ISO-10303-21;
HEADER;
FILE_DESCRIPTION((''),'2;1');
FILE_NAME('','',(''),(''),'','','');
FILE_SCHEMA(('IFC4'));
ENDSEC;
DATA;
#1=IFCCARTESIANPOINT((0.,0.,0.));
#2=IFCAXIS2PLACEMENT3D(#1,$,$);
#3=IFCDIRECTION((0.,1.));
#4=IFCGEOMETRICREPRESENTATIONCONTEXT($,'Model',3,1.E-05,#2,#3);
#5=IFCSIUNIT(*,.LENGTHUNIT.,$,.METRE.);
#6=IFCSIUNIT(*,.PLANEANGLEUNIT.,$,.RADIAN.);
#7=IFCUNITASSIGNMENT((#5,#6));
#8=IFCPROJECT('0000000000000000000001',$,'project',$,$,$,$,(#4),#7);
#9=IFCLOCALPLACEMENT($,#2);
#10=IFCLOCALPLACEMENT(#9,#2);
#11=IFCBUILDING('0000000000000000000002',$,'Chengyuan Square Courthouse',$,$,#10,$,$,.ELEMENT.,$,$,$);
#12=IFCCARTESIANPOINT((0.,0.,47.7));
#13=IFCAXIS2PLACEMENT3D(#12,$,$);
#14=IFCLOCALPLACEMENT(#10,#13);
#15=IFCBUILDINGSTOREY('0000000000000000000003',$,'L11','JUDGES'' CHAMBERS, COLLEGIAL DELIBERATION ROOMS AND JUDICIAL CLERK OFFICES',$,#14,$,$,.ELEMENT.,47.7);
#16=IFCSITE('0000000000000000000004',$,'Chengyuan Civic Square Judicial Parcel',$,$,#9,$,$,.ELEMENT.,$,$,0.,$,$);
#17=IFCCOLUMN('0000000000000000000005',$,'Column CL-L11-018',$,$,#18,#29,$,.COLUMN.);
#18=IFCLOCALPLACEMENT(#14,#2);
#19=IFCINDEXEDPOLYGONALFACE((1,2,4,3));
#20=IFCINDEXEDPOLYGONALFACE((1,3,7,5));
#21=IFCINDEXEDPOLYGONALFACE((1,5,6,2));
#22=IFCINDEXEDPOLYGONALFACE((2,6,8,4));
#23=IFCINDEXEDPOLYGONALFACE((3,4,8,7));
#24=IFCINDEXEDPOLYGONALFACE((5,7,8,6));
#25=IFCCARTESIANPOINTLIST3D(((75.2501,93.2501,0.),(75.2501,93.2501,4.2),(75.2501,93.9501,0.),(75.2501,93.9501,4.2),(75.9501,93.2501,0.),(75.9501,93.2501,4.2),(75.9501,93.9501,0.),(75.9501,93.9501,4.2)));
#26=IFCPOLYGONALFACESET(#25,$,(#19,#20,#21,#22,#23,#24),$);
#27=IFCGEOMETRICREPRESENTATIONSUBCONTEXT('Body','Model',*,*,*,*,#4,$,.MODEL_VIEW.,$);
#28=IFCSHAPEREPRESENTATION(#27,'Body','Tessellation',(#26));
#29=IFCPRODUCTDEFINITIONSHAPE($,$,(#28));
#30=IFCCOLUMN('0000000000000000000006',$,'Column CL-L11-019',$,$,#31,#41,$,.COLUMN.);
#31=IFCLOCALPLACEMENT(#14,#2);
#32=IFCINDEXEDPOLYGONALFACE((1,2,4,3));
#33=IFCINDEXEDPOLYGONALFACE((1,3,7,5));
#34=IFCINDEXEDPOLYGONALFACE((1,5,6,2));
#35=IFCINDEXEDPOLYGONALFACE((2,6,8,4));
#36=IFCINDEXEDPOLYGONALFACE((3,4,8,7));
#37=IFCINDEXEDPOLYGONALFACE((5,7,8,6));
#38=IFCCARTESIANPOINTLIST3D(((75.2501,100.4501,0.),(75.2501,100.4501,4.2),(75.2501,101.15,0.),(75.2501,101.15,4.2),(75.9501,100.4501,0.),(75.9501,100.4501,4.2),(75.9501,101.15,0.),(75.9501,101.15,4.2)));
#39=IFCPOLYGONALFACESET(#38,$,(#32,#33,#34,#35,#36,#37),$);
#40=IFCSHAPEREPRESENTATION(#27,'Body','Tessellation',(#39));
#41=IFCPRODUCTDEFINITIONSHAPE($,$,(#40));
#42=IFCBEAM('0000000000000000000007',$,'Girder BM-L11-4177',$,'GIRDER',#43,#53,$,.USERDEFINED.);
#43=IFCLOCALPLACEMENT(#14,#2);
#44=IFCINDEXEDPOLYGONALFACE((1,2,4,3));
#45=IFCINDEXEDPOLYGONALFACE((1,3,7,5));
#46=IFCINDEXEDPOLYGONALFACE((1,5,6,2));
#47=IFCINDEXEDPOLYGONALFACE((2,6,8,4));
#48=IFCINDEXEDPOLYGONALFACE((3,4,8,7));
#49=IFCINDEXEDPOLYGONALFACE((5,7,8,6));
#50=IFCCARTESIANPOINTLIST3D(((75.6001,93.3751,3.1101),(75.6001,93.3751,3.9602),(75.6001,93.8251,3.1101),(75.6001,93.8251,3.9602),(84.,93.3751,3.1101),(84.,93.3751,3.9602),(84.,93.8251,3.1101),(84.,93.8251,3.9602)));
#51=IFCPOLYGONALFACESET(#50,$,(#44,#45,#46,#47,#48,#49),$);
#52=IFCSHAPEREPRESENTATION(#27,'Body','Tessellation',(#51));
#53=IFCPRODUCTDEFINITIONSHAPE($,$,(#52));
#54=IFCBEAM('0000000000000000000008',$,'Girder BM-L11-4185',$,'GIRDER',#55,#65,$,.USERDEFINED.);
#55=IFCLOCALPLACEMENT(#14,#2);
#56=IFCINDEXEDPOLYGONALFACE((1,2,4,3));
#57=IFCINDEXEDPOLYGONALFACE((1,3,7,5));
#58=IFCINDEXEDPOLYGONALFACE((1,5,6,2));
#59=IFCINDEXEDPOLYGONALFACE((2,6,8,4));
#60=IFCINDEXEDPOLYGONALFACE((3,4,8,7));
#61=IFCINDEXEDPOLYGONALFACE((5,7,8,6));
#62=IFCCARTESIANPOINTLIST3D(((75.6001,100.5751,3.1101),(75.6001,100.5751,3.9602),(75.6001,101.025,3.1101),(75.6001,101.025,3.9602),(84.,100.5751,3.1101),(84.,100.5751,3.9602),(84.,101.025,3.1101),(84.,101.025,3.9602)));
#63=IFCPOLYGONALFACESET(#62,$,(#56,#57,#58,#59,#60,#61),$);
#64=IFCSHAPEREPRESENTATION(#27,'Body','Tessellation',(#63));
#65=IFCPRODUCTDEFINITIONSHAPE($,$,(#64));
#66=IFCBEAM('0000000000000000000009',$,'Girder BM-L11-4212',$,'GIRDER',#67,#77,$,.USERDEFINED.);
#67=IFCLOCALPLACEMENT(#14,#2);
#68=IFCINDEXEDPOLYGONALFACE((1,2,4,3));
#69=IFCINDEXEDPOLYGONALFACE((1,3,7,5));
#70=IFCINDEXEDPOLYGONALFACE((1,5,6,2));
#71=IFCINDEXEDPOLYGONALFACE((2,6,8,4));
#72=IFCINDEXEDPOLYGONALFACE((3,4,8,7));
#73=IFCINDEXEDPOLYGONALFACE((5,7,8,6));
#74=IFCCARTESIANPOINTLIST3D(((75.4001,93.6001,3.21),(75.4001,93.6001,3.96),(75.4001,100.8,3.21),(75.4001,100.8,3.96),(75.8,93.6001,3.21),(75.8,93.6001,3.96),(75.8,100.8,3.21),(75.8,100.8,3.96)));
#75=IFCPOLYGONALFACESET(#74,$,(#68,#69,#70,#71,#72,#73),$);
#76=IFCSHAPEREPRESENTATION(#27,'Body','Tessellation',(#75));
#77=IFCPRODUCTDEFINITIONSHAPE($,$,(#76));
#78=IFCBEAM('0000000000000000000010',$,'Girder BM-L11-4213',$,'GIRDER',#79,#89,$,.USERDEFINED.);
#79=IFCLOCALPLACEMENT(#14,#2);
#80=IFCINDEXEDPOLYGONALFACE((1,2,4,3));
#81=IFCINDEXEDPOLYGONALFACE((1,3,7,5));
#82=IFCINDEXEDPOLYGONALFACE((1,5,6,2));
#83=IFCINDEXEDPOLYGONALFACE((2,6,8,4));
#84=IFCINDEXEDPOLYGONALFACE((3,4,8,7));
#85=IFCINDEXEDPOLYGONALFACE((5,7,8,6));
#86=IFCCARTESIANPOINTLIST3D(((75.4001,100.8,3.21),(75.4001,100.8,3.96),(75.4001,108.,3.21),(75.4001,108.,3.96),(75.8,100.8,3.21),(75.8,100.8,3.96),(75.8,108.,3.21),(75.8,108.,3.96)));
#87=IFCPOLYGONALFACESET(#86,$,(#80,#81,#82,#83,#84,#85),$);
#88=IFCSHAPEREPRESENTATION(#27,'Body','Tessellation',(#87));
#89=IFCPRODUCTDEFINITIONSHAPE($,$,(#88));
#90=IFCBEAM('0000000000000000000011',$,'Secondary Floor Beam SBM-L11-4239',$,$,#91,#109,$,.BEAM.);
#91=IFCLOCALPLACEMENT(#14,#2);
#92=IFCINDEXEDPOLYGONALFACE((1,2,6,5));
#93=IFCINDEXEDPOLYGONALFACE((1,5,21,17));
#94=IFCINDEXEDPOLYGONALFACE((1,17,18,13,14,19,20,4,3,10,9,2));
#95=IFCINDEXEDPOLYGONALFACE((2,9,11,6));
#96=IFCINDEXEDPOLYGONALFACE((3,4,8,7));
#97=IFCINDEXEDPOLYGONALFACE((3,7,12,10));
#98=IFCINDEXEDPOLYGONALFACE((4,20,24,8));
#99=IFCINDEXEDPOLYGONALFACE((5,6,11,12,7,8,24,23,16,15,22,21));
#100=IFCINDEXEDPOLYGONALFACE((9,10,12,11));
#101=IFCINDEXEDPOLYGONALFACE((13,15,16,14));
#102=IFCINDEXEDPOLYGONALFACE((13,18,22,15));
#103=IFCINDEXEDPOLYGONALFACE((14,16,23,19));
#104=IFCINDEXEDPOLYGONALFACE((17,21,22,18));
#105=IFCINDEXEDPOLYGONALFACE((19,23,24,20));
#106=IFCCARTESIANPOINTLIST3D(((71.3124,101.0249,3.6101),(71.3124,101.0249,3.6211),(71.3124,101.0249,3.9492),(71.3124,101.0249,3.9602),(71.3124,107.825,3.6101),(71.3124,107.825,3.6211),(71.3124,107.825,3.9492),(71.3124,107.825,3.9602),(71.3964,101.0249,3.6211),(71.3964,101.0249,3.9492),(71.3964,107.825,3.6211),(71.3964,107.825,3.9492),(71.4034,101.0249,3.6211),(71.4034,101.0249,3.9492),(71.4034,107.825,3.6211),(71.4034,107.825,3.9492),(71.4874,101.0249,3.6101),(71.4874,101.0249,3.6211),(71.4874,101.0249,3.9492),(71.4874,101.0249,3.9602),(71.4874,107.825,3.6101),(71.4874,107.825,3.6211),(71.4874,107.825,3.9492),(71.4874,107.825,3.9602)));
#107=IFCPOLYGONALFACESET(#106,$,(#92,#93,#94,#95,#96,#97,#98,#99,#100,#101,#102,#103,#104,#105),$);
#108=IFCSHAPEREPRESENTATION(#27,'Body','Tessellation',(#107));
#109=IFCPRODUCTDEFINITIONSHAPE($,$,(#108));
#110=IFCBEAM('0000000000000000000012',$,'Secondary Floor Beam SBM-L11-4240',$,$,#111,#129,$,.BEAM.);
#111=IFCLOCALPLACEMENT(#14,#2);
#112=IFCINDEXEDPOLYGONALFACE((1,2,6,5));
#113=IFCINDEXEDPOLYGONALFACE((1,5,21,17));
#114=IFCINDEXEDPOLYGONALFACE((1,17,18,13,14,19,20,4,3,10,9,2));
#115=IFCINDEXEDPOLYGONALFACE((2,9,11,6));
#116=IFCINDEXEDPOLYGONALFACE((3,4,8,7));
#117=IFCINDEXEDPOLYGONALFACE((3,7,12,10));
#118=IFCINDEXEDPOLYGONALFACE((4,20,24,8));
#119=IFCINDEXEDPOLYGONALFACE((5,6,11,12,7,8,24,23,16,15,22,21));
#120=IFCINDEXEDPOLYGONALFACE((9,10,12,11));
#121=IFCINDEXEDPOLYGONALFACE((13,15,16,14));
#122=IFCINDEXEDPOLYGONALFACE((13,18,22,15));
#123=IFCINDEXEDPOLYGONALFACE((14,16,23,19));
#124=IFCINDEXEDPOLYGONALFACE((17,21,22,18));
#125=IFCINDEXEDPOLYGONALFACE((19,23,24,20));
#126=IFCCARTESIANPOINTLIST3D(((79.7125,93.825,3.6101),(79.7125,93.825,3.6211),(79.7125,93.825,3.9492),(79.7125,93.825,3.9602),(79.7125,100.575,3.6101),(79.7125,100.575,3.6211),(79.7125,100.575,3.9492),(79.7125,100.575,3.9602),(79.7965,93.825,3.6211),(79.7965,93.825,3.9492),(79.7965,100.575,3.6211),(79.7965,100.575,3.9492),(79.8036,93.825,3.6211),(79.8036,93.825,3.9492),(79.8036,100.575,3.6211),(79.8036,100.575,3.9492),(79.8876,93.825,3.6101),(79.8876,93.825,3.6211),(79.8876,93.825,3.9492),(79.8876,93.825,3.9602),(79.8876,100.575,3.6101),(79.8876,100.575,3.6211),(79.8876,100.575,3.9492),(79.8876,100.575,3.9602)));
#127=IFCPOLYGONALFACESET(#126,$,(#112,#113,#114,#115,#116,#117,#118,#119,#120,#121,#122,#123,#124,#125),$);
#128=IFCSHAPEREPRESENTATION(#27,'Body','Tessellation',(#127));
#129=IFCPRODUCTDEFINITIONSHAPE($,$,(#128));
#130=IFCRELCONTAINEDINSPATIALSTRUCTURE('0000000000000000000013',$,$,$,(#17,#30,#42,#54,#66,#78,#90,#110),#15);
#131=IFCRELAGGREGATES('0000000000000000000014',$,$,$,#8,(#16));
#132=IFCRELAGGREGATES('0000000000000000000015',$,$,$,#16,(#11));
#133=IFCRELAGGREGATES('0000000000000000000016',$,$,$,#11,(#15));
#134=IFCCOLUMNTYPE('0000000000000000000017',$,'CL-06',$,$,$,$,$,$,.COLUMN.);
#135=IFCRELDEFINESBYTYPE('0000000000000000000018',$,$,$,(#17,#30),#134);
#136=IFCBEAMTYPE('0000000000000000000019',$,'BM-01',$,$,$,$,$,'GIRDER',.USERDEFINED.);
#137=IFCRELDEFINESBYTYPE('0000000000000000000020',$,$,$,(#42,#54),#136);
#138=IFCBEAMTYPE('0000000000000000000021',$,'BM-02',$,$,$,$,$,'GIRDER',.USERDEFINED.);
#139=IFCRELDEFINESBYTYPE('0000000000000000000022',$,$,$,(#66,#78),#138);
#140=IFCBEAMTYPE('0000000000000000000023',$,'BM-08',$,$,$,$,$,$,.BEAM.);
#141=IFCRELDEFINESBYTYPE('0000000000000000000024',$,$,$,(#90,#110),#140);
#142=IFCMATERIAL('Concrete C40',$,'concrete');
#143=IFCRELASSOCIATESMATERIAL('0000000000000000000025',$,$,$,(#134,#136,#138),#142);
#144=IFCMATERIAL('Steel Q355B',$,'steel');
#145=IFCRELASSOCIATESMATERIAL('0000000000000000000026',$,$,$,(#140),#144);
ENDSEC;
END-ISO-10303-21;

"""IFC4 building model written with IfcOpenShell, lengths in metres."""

from ifc_helpers import new_model, si_unit, direction, frame, origin, origin_2d, place, context, subcontext, project, spatial, rectangle, i_section, extrude, material, material_profile, profile_set, type_object, element, save


model = new_model("IFC4")

# Units and contexts
model_context = context("Model", 3, precision=1e-05, world=origin(), true_north=direction((0.0, 1.0)))
body_context = subcontext(model_context, "Body", "Model", "MODEL_VIEW")
ifc_project = project(units=[si_unit("LENGTHUNIT", "METRE"), si_unit("PLANEANGLEUNIT", "RADIAN")], contexts=[model_context])

# Site, building, storey
site_placement = place(None, origin())
site = spatial("IfcSite", under=ifc_project, at=site_placement, Name="Chengyuan Civic Square Judicial Parcel", CompositionType="ELEMENT", RefElevation=0.0)
building_placement = place(site_placement, origin())
building = spatial("IfcBuilding", under=site, at=building_placement, Name="Chengyuan Square Courthouse", CompositionType="ELEMENT")
storey_placement = place(building_placement, frame((0.0, 0.0, 47.7)))
storey = spatial("IfcBuildingStorey", under=building, at=storey_placement, Name="L11", Description="JUDGES' CHAMBERS, COLLEGIAL DELIBERATION ROOMS AND JUDICIAL CLERK OFFICES", CompositionType="ELEMENT", Elevation=47.7)

# Columns
ifc_material_1 = material(Name="Concrete C40", Category="concrete")
ifc_material_profile_1 = material_profile(ifc_material_1, rectangle(XDim=0.7, YDim=0.7, at=origin_2d()), Name="RC-COL-700x700")
ifc_profile_set_1 = profile_set([ifc_material_profile_1], Name="Concrete C40")
column_type = type_object("IfcColumnType", Name="CL-06", PredefinedType="COLUMN", material=ifc_profile_set_1)
for number, where, z_axis, x_axis, name in (
    (1, (75.6001, 93.6001, 0.0), (0.0, 0.0, 1.0), (1.0, 0.0, 0.0), "Column CL-L11-018"),
    (2, (75.6001, 100.8, 0.0), (0.0, 0.0, 1.0), (1.0, 0.0, 0.0), "Column CL-L11-019"),
):
    element("IfcColumn", number, at=place(storey_placement, frame(where, z_axis=z_axis, x_axis=x_axis)), inside=storey, type_object=column_type, Name=name, PredefinedType="COLUMN", context=body_context, shape_type="SweptSolid", body=[
        extrude(rectangle(XDim=0.7, YDim=0.7, at=origin_2d()), origin(), (0.0, 0.0, 1.0), 4.2),
    ])

# Beams
ifc_material_profile_2 = material_profile(ifc_material_1, rectangle(XDim=0.45, YDim=0.8501, at=origin_2d()), Name="RC-BM-450x850")
ifc_profile_set_2 = profile_set([ifc_material_profile_2], Name="Concrete C40")
beam_type_1 = type_object("IfcBeamType", Name="BM-01", ElementType="GIRDER", PredefinedType="USERDEFINED", material=ifc_profile_set_2)
for number, where, z_axis, x_axis, name in (
    (3, (75.6001, 93.6001, 3.5352), (1.0, 0.0, 0.0), (0.0, 1.0, 0.0), "Girder BM-L11-4177"),
    (4, (75.6001, 100.8, 3.5352), (1.0, 0.0, 0.0), (0.0, 1.0, 0.0), "Girder BM-L11-4185"),
):
    element("IfcBeam", number, at=place(storey_placement, frame(where, z_axis=z_axis, x_axis=x_axis)), inside=storey, type_object=beam_type_1, Name=name, ObjectType="GIRDER", PredefinedType="USERDEFINED", context=body_context, shape_type="SweptSolid", body=[
        extrude(rectangle(XDim=0.45, YDim=0.8501, at=origin_2d()), origin(), (0.0, 0.0, 1.0), 8.3999),
    ])
ifc_material_profile_3 = material_profile(ifc_material_1, rectangle(XDim=0.3999, YDim=0.75, at=origin_2d()), Name="RC-BM-400x750")
ifc_profile_set_3 = profile_set([ifc_material_profile_3], Name="Concrete C40")
beam_type_2 = type_object("IfcBeamType", Name="BM-02", ElementType="GIRDER", PredefinedType="USERDEFINED", material=ifc_profile_set_3)
for number, where, z_axis, x_axis, name in (
    (5, (75.6001, 93.6001, 3.585), (0.0, 1.0, 0.0), (-1.0, 0.0, 0.0), "Girder BM-L11-4212"),
    (6, (75.6001, 100.8, 3.585), (0.0, 1.0, 0.0), (-1.0, 0.0, 0.0), "Girder BM-L11-4213"),
):
    element("IfcBeam", number, at=place(storey_placement, frame(where, z_axis=z_axis, x_axis=x_axis)), inside=storey, type_object=beam_type_2, Name=name, ObjectType="GIRDER", PredefinedType="USERDEFINED", context=body_context, shape_type="SweptSolid", body=[
        extrude(rectangle(XDim=0.3999, YDim=0.75, at=origin_2d()), origin(), (0.0, 0.0, 1.0), 7.2),
    ])
ifc_material_2 = material(Name="Steel Q355B", Category="steel")
ifc_material_profile_4 = material_profile(ifc_material_2, i_section(OverallWidth=0.175, OverallDepth=0.3501, WebThickness=0.0071, FlangeThickness=0.011, at=origin_2d()), Name="HN 350x175x7x11")
ifc_profile_set_4 = profile_set([ifc_material_profile_4], Name="Steel Q355B")
beam_type_3 = type_object("IfcBeamType", Name="BM-08", PredefinedType="BEAM", material=ifc_profile_set_4)
beam_1_placement = place(storey_placement, frame((71.3999, 101.0249, 3.7852), z_axis=(0.0, 1.0, 0.0), x_axis=(-1.0, 0.0, 0.0)))
element("IfcBeam", 7, at=beam_1_placement, inside=storey, type_object=beam_type_3, Name="Secondary Floor Beam SBM-L11-4239", PredefinedType="BEAM", context=body_context, shape_type="SweptSolid", body=[
    extrude(i_section(OverallWidth=0.175, OverallDepth=0.3501, WebThickness=0.0071, FlangeThickness=0.011, at=origin_2d()), origin(), (0.0, 0.0, 1.0), 6.8),
])
beam_2_placement = place(storey_placement, frame((79.8, 93.825, 3.7852), z_axis=(0.0, 1.0, 0.0), x_axis=(-1.0, 0.0, 0.0)))
element("IfcBeam", 8, at=beam_2_placement, inside=storey, type_object=beam_type_3, Name="Secondary Floor Beam SBM-L11-4240", PredefinedType="BEAM", context=body_context, shape_type="SweptSolid", body=[
    extrude(i_section(OverallWidth=0.175, OverallDepth=0.3501, WebThickness=0.0071, FlangeThickness=0.011, at=origin_2d()), origin(), (0.0, 0.0, 1.0), 6.75),
])

save(model, "model.ifc")
